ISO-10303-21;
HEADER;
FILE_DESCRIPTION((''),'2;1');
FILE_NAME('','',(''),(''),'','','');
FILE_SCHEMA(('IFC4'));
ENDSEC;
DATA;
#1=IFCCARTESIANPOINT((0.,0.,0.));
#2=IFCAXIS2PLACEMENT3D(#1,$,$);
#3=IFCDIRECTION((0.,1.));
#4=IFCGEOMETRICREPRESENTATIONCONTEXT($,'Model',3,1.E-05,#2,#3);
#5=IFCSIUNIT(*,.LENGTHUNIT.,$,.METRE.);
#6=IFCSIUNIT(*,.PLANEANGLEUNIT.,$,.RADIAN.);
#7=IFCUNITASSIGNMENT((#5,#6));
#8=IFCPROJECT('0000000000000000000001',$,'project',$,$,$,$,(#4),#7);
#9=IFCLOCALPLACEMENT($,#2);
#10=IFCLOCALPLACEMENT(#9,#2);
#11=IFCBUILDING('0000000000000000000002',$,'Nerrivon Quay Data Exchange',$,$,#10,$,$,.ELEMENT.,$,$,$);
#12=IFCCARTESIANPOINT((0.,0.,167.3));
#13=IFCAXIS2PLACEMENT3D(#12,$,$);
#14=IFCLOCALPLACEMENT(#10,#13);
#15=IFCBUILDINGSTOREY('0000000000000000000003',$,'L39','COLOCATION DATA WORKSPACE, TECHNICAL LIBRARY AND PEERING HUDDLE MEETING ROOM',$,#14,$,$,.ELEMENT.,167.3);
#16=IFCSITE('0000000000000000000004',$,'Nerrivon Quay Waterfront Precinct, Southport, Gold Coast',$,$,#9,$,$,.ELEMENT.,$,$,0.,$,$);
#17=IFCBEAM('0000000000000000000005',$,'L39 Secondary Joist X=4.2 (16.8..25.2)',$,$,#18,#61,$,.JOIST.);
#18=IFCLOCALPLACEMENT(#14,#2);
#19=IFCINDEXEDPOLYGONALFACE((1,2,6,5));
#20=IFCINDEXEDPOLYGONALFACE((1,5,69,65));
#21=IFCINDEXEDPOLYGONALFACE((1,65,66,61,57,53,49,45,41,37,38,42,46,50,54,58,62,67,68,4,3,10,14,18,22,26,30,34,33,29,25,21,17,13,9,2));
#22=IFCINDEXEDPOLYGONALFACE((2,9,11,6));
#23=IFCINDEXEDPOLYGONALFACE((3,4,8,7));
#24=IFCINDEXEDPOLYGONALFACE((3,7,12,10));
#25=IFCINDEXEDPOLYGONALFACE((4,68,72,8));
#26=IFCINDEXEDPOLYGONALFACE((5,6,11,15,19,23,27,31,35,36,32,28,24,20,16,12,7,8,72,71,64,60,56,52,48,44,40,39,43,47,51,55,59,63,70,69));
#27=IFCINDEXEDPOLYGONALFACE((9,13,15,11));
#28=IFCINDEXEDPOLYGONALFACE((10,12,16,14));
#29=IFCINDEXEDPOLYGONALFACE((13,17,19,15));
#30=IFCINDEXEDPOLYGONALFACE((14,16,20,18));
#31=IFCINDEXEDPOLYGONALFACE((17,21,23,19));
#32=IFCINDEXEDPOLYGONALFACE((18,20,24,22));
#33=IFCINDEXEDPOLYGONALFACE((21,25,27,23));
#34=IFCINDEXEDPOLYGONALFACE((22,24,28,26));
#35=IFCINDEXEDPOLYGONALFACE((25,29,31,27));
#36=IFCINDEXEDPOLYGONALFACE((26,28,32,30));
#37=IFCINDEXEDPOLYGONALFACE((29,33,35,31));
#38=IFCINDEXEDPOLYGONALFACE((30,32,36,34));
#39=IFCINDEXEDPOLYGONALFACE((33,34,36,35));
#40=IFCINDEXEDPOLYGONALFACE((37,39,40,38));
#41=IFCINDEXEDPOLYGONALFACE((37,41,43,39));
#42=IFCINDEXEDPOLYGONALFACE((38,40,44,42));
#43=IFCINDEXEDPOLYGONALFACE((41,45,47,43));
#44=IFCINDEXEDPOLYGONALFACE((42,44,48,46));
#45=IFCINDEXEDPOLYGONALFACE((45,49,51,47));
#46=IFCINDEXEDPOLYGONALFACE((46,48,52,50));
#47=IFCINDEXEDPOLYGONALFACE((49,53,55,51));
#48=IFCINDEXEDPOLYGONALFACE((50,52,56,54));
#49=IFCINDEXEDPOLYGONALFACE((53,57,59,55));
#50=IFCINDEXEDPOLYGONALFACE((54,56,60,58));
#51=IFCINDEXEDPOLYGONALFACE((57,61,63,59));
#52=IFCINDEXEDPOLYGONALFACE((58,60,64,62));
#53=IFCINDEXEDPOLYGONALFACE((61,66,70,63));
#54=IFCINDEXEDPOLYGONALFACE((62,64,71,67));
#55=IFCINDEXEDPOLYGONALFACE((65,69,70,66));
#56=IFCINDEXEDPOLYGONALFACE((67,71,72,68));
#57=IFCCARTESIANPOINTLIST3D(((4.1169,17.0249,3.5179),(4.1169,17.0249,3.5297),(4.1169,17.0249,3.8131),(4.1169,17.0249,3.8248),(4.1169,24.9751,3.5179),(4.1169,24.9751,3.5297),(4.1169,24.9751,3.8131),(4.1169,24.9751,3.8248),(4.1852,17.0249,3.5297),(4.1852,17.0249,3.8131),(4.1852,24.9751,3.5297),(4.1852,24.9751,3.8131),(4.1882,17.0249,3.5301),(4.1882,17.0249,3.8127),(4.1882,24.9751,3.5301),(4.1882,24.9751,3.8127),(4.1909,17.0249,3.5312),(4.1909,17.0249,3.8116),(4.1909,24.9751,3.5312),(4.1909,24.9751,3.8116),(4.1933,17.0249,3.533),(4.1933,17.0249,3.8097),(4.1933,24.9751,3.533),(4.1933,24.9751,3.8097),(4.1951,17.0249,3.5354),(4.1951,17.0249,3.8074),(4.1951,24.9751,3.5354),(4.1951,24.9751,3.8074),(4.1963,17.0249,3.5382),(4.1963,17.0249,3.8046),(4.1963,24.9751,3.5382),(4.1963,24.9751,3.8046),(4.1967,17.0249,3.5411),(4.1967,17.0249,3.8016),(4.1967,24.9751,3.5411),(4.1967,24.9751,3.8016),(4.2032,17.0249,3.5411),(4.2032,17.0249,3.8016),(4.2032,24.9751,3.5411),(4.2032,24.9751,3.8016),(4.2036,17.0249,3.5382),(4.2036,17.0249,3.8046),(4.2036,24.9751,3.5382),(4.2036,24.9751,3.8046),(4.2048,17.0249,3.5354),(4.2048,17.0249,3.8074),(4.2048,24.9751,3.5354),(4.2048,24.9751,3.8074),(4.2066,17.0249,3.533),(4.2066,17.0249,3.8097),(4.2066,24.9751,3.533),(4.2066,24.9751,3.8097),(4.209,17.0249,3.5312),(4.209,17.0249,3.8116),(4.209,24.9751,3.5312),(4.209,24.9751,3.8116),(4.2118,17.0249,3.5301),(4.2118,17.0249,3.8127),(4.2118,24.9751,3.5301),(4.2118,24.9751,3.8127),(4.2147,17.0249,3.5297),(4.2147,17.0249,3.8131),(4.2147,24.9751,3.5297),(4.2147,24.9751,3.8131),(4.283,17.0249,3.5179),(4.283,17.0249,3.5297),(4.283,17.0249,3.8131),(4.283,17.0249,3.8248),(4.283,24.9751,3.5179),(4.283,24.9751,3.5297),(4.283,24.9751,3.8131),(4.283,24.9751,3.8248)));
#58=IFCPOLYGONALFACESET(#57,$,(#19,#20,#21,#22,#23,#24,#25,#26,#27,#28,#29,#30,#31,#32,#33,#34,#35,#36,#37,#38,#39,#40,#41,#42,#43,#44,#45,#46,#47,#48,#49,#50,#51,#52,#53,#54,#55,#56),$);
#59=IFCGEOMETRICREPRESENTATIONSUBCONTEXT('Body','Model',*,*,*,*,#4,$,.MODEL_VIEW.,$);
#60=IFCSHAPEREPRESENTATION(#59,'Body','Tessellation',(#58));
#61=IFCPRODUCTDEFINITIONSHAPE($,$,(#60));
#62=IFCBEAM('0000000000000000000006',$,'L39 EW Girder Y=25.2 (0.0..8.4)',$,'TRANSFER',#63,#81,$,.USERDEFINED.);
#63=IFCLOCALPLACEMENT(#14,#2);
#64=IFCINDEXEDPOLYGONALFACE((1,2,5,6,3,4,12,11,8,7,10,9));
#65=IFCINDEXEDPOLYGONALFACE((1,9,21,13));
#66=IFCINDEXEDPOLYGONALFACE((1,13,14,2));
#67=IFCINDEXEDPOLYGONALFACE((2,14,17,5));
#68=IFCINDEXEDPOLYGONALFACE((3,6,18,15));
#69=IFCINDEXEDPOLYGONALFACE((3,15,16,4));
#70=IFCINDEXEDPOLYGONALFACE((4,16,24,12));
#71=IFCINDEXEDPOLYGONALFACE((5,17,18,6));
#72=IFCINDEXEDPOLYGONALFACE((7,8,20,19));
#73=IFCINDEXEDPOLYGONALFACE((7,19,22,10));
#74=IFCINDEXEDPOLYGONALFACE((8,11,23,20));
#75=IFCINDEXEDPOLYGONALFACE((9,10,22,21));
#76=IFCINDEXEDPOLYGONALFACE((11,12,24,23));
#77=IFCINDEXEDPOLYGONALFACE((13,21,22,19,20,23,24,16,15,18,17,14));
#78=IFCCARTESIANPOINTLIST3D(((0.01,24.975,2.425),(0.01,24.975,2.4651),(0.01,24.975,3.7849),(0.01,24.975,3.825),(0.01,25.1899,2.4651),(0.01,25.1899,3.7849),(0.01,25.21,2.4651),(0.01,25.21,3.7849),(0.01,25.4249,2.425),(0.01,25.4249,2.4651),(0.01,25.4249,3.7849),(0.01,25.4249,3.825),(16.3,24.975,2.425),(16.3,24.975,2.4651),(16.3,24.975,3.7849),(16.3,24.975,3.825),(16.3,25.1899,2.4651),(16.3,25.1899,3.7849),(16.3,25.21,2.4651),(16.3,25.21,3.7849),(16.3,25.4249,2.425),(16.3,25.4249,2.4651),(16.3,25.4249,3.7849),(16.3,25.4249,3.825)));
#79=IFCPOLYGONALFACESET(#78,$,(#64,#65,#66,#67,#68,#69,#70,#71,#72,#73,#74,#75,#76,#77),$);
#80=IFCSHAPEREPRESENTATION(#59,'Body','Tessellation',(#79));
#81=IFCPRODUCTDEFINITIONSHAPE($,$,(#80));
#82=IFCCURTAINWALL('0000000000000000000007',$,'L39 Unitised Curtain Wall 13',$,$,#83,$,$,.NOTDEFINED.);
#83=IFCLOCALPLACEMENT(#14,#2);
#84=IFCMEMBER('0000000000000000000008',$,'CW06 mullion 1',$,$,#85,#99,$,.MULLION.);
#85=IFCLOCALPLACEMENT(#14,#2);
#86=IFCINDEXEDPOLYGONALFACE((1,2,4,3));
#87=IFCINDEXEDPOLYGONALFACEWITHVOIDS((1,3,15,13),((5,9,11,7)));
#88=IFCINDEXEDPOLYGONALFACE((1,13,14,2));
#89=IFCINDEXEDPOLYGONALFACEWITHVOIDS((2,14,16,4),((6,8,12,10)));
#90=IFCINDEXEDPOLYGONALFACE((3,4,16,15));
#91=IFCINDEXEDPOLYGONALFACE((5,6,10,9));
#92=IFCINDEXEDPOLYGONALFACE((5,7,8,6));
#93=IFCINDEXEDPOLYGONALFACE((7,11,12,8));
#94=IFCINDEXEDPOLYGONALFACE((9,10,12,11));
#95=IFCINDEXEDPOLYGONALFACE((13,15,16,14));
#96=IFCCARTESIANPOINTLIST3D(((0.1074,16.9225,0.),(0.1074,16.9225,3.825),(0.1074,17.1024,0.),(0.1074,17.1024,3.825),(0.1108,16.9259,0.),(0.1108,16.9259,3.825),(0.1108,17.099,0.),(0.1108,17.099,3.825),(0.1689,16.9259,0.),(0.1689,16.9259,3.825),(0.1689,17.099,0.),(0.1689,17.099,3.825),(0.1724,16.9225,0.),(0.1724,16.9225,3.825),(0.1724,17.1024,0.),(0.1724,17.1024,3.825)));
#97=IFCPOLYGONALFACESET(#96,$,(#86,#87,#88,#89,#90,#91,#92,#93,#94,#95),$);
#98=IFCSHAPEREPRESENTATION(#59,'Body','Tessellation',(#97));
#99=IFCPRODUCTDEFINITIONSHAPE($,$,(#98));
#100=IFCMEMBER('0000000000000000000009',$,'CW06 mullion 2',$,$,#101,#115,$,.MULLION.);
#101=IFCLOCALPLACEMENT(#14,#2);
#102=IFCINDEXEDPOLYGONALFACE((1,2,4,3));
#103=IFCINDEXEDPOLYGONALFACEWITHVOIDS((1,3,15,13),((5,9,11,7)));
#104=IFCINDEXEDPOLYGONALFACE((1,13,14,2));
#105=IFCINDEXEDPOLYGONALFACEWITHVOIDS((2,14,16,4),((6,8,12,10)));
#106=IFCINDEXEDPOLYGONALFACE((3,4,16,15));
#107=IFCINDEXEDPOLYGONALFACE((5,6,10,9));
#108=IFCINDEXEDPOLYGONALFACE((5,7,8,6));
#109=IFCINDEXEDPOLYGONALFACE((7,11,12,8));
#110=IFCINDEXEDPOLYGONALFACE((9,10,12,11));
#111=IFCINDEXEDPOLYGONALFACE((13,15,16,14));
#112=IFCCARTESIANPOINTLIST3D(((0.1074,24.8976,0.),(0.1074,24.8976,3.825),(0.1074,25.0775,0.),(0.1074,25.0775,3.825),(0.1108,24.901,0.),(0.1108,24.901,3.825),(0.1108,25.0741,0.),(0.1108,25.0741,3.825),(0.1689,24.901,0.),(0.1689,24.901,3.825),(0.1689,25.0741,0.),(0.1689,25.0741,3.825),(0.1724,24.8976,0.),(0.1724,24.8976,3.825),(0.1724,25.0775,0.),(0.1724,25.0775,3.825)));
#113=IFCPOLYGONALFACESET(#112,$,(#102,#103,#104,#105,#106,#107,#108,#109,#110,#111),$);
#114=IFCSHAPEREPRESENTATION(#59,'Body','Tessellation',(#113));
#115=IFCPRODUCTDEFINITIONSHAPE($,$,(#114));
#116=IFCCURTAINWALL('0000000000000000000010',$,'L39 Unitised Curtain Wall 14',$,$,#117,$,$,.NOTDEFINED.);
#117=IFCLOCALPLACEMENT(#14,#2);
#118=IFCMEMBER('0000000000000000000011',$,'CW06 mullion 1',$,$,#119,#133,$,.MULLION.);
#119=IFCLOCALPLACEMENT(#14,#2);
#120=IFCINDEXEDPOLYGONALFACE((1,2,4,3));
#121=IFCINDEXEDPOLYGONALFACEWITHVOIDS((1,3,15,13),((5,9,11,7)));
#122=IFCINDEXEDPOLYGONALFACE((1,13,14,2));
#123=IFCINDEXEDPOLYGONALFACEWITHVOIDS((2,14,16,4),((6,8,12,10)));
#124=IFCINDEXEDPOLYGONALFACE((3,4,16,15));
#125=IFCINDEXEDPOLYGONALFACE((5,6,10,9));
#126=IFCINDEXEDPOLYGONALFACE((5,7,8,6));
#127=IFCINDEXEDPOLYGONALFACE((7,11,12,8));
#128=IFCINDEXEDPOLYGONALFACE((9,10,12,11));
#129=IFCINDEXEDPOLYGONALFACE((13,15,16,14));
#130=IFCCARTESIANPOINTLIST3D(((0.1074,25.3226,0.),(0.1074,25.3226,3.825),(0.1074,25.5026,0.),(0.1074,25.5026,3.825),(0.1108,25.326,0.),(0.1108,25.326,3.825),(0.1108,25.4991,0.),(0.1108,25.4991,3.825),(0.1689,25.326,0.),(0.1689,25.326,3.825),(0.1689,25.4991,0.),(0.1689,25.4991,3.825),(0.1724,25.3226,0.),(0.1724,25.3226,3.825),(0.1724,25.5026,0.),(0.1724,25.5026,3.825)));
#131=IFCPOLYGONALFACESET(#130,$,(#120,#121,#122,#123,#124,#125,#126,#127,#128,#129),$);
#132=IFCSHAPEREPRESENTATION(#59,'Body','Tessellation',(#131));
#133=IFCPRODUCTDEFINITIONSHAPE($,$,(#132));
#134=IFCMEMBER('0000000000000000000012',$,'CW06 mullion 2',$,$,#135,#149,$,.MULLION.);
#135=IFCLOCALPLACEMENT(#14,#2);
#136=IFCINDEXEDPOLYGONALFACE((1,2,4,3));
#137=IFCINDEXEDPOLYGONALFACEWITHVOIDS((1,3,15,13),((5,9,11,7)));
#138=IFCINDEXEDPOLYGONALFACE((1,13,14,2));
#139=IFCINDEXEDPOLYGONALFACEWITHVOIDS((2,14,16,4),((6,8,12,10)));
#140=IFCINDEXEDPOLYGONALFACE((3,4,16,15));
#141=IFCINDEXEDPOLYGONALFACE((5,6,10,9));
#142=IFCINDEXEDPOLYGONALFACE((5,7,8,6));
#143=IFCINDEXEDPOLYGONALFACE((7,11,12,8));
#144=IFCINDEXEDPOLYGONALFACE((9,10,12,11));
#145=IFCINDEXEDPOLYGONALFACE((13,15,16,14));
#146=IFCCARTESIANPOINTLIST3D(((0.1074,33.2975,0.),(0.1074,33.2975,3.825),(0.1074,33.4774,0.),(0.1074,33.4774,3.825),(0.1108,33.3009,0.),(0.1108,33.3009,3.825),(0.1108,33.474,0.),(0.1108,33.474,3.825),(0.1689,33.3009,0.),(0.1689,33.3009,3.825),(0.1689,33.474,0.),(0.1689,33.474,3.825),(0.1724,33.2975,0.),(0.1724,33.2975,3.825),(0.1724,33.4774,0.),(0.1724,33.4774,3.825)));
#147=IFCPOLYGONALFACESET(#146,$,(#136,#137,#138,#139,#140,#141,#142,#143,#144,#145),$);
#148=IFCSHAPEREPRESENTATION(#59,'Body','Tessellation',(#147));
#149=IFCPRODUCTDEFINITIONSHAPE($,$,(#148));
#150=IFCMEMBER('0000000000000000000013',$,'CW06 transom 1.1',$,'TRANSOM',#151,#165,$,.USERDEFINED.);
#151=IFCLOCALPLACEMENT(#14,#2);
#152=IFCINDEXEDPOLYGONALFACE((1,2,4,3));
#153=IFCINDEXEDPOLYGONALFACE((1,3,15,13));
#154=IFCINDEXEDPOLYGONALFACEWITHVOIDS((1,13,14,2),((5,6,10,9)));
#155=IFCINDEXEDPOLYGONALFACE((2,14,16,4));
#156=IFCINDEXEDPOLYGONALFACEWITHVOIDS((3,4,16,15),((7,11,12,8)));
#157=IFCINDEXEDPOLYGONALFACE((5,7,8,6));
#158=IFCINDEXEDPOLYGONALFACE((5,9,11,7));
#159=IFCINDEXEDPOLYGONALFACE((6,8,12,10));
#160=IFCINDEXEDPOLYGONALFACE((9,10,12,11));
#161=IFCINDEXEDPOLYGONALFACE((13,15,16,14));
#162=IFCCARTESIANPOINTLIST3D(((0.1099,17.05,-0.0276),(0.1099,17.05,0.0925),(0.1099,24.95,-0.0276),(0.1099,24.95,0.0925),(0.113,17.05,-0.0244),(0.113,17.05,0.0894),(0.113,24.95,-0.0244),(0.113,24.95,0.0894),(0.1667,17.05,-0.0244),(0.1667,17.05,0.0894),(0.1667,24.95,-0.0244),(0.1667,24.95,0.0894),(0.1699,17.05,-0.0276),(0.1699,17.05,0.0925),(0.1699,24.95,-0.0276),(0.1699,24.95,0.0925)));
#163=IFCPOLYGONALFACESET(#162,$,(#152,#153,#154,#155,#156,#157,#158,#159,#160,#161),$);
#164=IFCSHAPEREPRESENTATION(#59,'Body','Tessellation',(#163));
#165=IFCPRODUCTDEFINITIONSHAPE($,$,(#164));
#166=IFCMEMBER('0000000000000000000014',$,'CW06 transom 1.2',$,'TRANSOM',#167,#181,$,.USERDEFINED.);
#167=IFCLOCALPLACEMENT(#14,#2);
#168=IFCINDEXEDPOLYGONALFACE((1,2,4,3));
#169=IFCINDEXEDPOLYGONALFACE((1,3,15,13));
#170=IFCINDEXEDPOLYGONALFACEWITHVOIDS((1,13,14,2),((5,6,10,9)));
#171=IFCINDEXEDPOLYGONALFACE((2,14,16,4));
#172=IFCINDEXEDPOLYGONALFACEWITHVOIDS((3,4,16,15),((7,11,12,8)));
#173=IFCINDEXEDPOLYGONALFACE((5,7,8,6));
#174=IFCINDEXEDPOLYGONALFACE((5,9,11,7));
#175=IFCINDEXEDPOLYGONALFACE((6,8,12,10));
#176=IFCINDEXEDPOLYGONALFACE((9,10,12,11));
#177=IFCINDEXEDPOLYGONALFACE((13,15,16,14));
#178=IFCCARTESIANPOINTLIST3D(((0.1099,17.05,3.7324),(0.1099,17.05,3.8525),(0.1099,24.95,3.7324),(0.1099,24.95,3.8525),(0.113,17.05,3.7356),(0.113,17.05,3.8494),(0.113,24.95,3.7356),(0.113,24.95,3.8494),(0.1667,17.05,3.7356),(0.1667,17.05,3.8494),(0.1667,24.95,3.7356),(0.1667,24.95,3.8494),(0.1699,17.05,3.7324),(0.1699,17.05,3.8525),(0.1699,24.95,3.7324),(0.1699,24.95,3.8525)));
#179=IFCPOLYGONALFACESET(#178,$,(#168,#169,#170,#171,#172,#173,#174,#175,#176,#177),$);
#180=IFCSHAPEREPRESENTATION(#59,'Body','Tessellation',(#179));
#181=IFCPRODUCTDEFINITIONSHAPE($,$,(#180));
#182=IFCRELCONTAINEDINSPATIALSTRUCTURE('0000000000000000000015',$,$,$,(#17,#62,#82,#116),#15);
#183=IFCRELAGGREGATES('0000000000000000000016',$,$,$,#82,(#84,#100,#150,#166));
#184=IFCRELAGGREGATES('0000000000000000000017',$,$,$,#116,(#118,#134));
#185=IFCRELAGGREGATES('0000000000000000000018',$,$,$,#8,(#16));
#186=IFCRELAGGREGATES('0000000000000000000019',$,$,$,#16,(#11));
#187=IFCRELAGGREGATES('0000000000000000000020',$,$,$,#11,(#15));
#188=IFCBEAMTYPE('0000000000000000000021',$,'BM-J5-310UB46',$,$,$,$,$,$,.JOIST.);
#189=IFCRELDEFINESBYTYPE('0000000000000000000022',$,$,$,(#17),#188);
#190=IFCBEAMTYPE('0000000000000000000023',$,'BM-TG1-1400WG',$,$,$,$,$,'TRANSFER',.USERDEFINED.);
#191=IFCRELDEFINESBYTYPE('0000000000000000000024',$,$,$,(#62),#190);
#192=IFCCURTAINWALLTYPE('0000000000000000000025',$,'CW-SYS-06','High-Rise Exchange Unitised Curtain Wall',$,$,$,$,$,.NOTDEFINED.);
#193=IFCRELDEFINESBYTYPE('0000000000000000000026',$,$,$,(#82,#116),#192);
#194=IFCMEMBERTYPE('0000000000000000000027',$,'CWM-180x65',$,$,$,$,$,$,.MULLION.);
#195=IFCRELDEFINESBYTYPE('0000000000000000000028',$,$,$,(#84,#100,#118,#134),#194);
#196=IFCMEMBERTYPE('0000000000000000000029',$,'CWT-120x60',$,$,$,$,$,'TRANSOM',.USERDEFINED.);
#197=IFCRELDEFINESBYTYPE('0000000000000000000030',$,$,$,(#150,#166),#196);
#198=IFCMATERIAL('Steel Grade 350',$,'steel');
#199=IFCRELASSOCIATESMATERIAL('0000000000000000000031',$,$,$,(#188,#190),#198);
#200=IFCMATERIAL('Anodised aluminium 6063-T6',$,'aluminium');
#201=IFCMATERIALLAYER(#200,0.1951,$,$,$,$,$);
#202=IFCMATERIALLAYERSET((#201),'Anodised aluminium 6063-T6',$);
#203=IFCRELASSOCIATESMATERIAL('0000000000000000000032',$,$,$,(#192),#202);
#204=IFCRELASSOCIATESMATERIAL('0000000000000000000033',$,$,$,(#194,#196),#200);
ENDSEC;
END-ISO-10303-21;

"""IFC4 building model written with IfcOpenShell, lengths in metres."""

from ifc_helpers import new_model, si_unit, direction, frame, origin, origin_2d, place, context, subcontext, project, spatial, hollow_rectangle, i_section, extrude, material, layer, layer_set, material_profile, profile_set, type_object, element, aggregate, save


model = new_model("IFC4")

# Units and contexts
model_context = context("Model", 3, precision=1e-05, world=origin(), true_north=direction((0.0, 1.0)))
body_context = subcontext(model_context, "Body", "Model", "MODEL_VIEW")
ifc_project = project(units=[si_unit("LENGTHUNIT", "METRE"), si_unit("PLANEANGLEUNIT", "RADIAN")], contexts=[model_context])

# Site, building, storey
site_placement = place(None, origin())
site = spatial("IfcSite", under=ifc_project, at=site_placement, Name="Nerrivon Quay Waterfront Precinct, Southport, Gold Coast", CompositionType="ELEMENT", RefElevation=0.0)
building_placement = place(site_placement, origin())
building = spatial("IfcBuilding", under=site, at=building_placement, Name="Nerrivon Quay Data Exchange", CompositionType="ELEMENT")
storey_placement = place(building_placement, frame((0.0, 0.0, 167.3)))
storey = spatial("IfcBuildingStorey", under=building, at=storey_placement, Name="L39", Description="COLOCATION DATA WORKSPACE, TECHNICAL LIBRARY AND PEERING HUDDLE MEETING ROOM", CompositionType="ELEMENT", Elevation=167.3)

# Shared definitions
ifc_material_1 = material(Name="Steel Grade 350", Category="steel")

# Beams
ifc_material_profile_1 = material_profile(ifc_material_1, i_section(OverallWidth=0.166, OverallDepth=0.3069, WebThickness=0.0066, FlangeThickness=0.0117, FilletRadius=0.0115, at=origin_2d()), Name="310UB46.2")
ifc_profile_set_1 = profile_set([ifc_material_profile_1], Name="Steel Grade 350")
beam_type_1 = type_object("IfcBeamType", Name="BM-J5-310UB46", PredefinedType="JOIST", material=ifc_profile_set_1)
beam_1_placement = place(storey_placement, frame((4.2, 17.0249, 3.6714), z_axis=(0.0, 1.0, 0.0), x_axis=(-1.0, 0.0, 0.0)))
element("IfcBeam", 1, at=beam_1_placement, inside=storey, type_object=beam_type_1, Name="L39 Secondary Joist X=4.2 (16.8..25.2)", PredefinedType="JOIST", context=body_context, shape_type="SweptSolid", body=[
    extrude(i_section(OverallWidth=0.166, OverallDepth=0.3069, WebThickness=0.0066, FlangeThickness=0.0117, FilletRadius=0.0115, at=origin_2d()), origin(), (0.0, 0.0, 1.0), 7.9502),
])
ifc_material_profile_2 = material_profile(ifc_material_1, i_section(OverallWidth=0.45, OverallDepth=1.3999, WebThickness=0.02, FlangeThickness=0.04, at=origin_2d()), Name="1400WG455")
ifc_profile_set_2 = profile_set([ifc_material_profile_2], Name="Steel Grade 350")
beam_type_2 = type_object("IfcBeamType", Name="BM-TG1-1400WG", ElementType="TRANSFER", PredefinedType="USERDEFINED", material=ifc_profile_set_2)
beam_2_placement = place(storey_placement, frame((0.01, 25.2, 3.125), z_axis=(1.0, 0.0, 0.0), x_axis=(0.0, 1.0, 0.0)))
element("IfcBeam", 2, at=beam_2_placement, inside=storey, type_object=beam_type_2, Name="L39 EW Girder Y=25.2 (0.0..8.4)", ObjectType="TRANSFER", PredefinedType="USERDEFINED", context=body_context, shape_type="SweptSolid", body=[
    extrude(i_section(OverallWidth=0.45, OverallDepth=1.3999, WebThickness=0.02, FlangeThickness=0.04, at=origin_2d()), origin(), (0.0, 0.0, 1.0), 16.29),
])

# Curtain walls, members
ifc_material_2 = material(Name="Anodised aluminium 6063-T6", Category="aluminium")
ifc_layer_1 = layer(ifc_material_2, 0.1951)
ifc_layer_set_1 = layer_set([ifc_layer_1], Name="Anodised aluminium 6063-T6")
curtain_wall_type = type_object("IfcCurtainWallType", Name="CW-SYS-06", Description="High-Rise Exchange Unitised Curtain Wall", PredefinedType="NOTDEFINED", material=ifc_layer_set_1)
curtain_wall_1_placement = place(storey_placement, origin())
curtain_wall_1 = element("IfcCurtainWall", 3, at=curtain_wall_1_placement, inside=storey, type_object=curtain_wall_type, Name="L39 Unitised Curtain Wall 13", PredefinedType="NOTDEFINED")
ifc_material_profile_3 = material_profile(ifc_material_2, hollow_rectangle(XDim=0.0649, YDim=0.1799, WallThickness=0.0034, at=origin_2d()), Name="ALU-MULL-180x65")
ifc_profile_set_3 = profile_set([ifc_material_profile_3], Name="Anodised aluminium 6063-T6")
member_type_1 = type_object("IfcMemberType", Name="CWM-180x65", PredefinedType="MULLION", material=ifc_profile_set_3)
member_1_placement = place(storey_placement, frame((0.1399, 17.0125, 0.0), z_axis=(0.0, 0.0, 1.0), x_axis=(-1.0, 0.0, 0.0)))
member_1 = element("IfcMember", 4, at=member_1_placement, type_object=member_type_1, Name="CW06 mullion 1", PredefinedType="MULLION", context=body_context, shape_type="SweptSolid", body=[
    extrude(hollow_rectangle(XDim=0.0649, YDim=0.1799, WallThickness=0.0034, at=origin_2d()), origin(), (0.0, 0.0, 1.0), 3.825),
])
member_2_placement = place(storey_placement, frame((0.1399, 24.9875, 0.0), z_axis=(0.0, 0.0, 1.0), x_axis=(-1.0, 0.0, 0.0)))
member_2 = element("IfcMember", 5, at=member_2_placement, type_object=member_type_1, Name="CW06 mullion 2", PredefinedType="MULLION", context=body_context, shape_type="SweptSolid", body=[
    extrude(hollow_rectangle(XDim=0.0649, YDim=0.1799, WallThickness=0.0034, at=origin_2d()), origin(), (0.0, 0.0, 1.0), 3.825),
])
curtain_wall_2_placement = place(storey_placement, origin())
curtain_wall_2 = element("IfcCurtainWall", 6, at=curtain_wall_2_placement, inside=storey, type_object=curtain_wall_type, Name="L39 Unitised Curtain Wall 14", PredefinedType="NOTDEFINED")
member_3_placement = place(storey_placement, frame((0.1399, 25.4126, 0.0), z_axis=(0.0, 0.0, 1.0), x_axis=(-1.0, 0.0, 0.0)))
member_3 = element("IfcMember", 7, at=member_3_placement, type_object=member_type_1, Name="CW06 mullion 1", PredefinedType="MULLION", context=body_context, shape_type="SweptSolid", body=[
    extrude(hollow_rectangle(XDim=0.0649, YDim=0.1799, WallThickness=0.0034, at=origin_2d()), origin(), (0.0, 0.0, 1.0), 3.825),
])
member_4_placement = place(storey_placement, frame((0.1399, 33.3875, 0.0), z_axis=(0.0, 0.0, 1.0), x_axis=(-1.0, 0.0, 0.0)))
member_4 = element("IfcMember", 8, at=member_4_placement, type_object=member_type_1, Name="CW06 mullion 2", PredefinedType="MULLION", context=body_context, shape_type="SweptSolid", body=[
    extrude(hollow_rectangle(XDim=0.0649, YDim=0.1799, WallThickness=0.0034, at=origin_2d()), origin(), (0.0, 0.0, 1.0), 3.825),
])

# Members
ifc_material_profile_4 = material_profile(ifc_material_2, hollow_rectangle(XDim=0.0601, YDim=0.1201, WallThickness=0.0032, at=origin_2d()), Name="ALU-TRAN-120x60")
ifc_profile_set_4 = profile_set([ifc_material_profile_4], Name="Anodised aluminium 6063-T6")
member_type_2 = type_object("IfcMemberType", Name="CWT-120x60", ElementType="TRANSOM", PredefinedType="USERDEFINED", material=ifc_profile_set_4)
member_5_placement = place(storey_placement, frame((0.1399, 17.05, 0.0325), z_axis=(0.0, 1.0, 0.0), x_axis=(-1.0, 0.0, 0.0)))
member_5 = element("IfcMember", 9, at=member_5_placement, type_object=member_type_2, Name="CW06 transom 1.1", ObjectType="TRANSOM", PredefinedType="USERDEFINED", context=body_context, shape_type="SweptSolid", body=[
    extrude(hollow_rectangle(XDim=0.0601, YDim=0.1201, WallThickness=0.0032, at=origin_2d()), origin(), (0.0, 0.0, 1.0), 7.8999),
])
member_6_placement = place(storey_placement, frame((0.1399, 17.05, 3.7925), z_axis=(0.0, 1.0, 0.0), x_axis=(-1.0, 0.0, 0.0)))
member_6 = element("IfcMember", 10, at=member_6_placement, type_object=member_type_2, Name="CW06 transom 1.2", ObjectType="TRANSOM", PredefinedType="USERDEFINED", context=body_context, shape_type="SweptSolid", body=[
    extrude(hollow_rectangle(XDim=0.0601, YDim=0.1201, WallThickness=0.0032, at=origin_2d()), origin(), (0.0, 0.0, 1.0), 7.8999),
])

aggregate(curtain_wall_1, [member_1, member_2, member_5, member_6])
aggregate(curtain_wall_2, [member_3, member_4])

save(model, "model.ifc")
